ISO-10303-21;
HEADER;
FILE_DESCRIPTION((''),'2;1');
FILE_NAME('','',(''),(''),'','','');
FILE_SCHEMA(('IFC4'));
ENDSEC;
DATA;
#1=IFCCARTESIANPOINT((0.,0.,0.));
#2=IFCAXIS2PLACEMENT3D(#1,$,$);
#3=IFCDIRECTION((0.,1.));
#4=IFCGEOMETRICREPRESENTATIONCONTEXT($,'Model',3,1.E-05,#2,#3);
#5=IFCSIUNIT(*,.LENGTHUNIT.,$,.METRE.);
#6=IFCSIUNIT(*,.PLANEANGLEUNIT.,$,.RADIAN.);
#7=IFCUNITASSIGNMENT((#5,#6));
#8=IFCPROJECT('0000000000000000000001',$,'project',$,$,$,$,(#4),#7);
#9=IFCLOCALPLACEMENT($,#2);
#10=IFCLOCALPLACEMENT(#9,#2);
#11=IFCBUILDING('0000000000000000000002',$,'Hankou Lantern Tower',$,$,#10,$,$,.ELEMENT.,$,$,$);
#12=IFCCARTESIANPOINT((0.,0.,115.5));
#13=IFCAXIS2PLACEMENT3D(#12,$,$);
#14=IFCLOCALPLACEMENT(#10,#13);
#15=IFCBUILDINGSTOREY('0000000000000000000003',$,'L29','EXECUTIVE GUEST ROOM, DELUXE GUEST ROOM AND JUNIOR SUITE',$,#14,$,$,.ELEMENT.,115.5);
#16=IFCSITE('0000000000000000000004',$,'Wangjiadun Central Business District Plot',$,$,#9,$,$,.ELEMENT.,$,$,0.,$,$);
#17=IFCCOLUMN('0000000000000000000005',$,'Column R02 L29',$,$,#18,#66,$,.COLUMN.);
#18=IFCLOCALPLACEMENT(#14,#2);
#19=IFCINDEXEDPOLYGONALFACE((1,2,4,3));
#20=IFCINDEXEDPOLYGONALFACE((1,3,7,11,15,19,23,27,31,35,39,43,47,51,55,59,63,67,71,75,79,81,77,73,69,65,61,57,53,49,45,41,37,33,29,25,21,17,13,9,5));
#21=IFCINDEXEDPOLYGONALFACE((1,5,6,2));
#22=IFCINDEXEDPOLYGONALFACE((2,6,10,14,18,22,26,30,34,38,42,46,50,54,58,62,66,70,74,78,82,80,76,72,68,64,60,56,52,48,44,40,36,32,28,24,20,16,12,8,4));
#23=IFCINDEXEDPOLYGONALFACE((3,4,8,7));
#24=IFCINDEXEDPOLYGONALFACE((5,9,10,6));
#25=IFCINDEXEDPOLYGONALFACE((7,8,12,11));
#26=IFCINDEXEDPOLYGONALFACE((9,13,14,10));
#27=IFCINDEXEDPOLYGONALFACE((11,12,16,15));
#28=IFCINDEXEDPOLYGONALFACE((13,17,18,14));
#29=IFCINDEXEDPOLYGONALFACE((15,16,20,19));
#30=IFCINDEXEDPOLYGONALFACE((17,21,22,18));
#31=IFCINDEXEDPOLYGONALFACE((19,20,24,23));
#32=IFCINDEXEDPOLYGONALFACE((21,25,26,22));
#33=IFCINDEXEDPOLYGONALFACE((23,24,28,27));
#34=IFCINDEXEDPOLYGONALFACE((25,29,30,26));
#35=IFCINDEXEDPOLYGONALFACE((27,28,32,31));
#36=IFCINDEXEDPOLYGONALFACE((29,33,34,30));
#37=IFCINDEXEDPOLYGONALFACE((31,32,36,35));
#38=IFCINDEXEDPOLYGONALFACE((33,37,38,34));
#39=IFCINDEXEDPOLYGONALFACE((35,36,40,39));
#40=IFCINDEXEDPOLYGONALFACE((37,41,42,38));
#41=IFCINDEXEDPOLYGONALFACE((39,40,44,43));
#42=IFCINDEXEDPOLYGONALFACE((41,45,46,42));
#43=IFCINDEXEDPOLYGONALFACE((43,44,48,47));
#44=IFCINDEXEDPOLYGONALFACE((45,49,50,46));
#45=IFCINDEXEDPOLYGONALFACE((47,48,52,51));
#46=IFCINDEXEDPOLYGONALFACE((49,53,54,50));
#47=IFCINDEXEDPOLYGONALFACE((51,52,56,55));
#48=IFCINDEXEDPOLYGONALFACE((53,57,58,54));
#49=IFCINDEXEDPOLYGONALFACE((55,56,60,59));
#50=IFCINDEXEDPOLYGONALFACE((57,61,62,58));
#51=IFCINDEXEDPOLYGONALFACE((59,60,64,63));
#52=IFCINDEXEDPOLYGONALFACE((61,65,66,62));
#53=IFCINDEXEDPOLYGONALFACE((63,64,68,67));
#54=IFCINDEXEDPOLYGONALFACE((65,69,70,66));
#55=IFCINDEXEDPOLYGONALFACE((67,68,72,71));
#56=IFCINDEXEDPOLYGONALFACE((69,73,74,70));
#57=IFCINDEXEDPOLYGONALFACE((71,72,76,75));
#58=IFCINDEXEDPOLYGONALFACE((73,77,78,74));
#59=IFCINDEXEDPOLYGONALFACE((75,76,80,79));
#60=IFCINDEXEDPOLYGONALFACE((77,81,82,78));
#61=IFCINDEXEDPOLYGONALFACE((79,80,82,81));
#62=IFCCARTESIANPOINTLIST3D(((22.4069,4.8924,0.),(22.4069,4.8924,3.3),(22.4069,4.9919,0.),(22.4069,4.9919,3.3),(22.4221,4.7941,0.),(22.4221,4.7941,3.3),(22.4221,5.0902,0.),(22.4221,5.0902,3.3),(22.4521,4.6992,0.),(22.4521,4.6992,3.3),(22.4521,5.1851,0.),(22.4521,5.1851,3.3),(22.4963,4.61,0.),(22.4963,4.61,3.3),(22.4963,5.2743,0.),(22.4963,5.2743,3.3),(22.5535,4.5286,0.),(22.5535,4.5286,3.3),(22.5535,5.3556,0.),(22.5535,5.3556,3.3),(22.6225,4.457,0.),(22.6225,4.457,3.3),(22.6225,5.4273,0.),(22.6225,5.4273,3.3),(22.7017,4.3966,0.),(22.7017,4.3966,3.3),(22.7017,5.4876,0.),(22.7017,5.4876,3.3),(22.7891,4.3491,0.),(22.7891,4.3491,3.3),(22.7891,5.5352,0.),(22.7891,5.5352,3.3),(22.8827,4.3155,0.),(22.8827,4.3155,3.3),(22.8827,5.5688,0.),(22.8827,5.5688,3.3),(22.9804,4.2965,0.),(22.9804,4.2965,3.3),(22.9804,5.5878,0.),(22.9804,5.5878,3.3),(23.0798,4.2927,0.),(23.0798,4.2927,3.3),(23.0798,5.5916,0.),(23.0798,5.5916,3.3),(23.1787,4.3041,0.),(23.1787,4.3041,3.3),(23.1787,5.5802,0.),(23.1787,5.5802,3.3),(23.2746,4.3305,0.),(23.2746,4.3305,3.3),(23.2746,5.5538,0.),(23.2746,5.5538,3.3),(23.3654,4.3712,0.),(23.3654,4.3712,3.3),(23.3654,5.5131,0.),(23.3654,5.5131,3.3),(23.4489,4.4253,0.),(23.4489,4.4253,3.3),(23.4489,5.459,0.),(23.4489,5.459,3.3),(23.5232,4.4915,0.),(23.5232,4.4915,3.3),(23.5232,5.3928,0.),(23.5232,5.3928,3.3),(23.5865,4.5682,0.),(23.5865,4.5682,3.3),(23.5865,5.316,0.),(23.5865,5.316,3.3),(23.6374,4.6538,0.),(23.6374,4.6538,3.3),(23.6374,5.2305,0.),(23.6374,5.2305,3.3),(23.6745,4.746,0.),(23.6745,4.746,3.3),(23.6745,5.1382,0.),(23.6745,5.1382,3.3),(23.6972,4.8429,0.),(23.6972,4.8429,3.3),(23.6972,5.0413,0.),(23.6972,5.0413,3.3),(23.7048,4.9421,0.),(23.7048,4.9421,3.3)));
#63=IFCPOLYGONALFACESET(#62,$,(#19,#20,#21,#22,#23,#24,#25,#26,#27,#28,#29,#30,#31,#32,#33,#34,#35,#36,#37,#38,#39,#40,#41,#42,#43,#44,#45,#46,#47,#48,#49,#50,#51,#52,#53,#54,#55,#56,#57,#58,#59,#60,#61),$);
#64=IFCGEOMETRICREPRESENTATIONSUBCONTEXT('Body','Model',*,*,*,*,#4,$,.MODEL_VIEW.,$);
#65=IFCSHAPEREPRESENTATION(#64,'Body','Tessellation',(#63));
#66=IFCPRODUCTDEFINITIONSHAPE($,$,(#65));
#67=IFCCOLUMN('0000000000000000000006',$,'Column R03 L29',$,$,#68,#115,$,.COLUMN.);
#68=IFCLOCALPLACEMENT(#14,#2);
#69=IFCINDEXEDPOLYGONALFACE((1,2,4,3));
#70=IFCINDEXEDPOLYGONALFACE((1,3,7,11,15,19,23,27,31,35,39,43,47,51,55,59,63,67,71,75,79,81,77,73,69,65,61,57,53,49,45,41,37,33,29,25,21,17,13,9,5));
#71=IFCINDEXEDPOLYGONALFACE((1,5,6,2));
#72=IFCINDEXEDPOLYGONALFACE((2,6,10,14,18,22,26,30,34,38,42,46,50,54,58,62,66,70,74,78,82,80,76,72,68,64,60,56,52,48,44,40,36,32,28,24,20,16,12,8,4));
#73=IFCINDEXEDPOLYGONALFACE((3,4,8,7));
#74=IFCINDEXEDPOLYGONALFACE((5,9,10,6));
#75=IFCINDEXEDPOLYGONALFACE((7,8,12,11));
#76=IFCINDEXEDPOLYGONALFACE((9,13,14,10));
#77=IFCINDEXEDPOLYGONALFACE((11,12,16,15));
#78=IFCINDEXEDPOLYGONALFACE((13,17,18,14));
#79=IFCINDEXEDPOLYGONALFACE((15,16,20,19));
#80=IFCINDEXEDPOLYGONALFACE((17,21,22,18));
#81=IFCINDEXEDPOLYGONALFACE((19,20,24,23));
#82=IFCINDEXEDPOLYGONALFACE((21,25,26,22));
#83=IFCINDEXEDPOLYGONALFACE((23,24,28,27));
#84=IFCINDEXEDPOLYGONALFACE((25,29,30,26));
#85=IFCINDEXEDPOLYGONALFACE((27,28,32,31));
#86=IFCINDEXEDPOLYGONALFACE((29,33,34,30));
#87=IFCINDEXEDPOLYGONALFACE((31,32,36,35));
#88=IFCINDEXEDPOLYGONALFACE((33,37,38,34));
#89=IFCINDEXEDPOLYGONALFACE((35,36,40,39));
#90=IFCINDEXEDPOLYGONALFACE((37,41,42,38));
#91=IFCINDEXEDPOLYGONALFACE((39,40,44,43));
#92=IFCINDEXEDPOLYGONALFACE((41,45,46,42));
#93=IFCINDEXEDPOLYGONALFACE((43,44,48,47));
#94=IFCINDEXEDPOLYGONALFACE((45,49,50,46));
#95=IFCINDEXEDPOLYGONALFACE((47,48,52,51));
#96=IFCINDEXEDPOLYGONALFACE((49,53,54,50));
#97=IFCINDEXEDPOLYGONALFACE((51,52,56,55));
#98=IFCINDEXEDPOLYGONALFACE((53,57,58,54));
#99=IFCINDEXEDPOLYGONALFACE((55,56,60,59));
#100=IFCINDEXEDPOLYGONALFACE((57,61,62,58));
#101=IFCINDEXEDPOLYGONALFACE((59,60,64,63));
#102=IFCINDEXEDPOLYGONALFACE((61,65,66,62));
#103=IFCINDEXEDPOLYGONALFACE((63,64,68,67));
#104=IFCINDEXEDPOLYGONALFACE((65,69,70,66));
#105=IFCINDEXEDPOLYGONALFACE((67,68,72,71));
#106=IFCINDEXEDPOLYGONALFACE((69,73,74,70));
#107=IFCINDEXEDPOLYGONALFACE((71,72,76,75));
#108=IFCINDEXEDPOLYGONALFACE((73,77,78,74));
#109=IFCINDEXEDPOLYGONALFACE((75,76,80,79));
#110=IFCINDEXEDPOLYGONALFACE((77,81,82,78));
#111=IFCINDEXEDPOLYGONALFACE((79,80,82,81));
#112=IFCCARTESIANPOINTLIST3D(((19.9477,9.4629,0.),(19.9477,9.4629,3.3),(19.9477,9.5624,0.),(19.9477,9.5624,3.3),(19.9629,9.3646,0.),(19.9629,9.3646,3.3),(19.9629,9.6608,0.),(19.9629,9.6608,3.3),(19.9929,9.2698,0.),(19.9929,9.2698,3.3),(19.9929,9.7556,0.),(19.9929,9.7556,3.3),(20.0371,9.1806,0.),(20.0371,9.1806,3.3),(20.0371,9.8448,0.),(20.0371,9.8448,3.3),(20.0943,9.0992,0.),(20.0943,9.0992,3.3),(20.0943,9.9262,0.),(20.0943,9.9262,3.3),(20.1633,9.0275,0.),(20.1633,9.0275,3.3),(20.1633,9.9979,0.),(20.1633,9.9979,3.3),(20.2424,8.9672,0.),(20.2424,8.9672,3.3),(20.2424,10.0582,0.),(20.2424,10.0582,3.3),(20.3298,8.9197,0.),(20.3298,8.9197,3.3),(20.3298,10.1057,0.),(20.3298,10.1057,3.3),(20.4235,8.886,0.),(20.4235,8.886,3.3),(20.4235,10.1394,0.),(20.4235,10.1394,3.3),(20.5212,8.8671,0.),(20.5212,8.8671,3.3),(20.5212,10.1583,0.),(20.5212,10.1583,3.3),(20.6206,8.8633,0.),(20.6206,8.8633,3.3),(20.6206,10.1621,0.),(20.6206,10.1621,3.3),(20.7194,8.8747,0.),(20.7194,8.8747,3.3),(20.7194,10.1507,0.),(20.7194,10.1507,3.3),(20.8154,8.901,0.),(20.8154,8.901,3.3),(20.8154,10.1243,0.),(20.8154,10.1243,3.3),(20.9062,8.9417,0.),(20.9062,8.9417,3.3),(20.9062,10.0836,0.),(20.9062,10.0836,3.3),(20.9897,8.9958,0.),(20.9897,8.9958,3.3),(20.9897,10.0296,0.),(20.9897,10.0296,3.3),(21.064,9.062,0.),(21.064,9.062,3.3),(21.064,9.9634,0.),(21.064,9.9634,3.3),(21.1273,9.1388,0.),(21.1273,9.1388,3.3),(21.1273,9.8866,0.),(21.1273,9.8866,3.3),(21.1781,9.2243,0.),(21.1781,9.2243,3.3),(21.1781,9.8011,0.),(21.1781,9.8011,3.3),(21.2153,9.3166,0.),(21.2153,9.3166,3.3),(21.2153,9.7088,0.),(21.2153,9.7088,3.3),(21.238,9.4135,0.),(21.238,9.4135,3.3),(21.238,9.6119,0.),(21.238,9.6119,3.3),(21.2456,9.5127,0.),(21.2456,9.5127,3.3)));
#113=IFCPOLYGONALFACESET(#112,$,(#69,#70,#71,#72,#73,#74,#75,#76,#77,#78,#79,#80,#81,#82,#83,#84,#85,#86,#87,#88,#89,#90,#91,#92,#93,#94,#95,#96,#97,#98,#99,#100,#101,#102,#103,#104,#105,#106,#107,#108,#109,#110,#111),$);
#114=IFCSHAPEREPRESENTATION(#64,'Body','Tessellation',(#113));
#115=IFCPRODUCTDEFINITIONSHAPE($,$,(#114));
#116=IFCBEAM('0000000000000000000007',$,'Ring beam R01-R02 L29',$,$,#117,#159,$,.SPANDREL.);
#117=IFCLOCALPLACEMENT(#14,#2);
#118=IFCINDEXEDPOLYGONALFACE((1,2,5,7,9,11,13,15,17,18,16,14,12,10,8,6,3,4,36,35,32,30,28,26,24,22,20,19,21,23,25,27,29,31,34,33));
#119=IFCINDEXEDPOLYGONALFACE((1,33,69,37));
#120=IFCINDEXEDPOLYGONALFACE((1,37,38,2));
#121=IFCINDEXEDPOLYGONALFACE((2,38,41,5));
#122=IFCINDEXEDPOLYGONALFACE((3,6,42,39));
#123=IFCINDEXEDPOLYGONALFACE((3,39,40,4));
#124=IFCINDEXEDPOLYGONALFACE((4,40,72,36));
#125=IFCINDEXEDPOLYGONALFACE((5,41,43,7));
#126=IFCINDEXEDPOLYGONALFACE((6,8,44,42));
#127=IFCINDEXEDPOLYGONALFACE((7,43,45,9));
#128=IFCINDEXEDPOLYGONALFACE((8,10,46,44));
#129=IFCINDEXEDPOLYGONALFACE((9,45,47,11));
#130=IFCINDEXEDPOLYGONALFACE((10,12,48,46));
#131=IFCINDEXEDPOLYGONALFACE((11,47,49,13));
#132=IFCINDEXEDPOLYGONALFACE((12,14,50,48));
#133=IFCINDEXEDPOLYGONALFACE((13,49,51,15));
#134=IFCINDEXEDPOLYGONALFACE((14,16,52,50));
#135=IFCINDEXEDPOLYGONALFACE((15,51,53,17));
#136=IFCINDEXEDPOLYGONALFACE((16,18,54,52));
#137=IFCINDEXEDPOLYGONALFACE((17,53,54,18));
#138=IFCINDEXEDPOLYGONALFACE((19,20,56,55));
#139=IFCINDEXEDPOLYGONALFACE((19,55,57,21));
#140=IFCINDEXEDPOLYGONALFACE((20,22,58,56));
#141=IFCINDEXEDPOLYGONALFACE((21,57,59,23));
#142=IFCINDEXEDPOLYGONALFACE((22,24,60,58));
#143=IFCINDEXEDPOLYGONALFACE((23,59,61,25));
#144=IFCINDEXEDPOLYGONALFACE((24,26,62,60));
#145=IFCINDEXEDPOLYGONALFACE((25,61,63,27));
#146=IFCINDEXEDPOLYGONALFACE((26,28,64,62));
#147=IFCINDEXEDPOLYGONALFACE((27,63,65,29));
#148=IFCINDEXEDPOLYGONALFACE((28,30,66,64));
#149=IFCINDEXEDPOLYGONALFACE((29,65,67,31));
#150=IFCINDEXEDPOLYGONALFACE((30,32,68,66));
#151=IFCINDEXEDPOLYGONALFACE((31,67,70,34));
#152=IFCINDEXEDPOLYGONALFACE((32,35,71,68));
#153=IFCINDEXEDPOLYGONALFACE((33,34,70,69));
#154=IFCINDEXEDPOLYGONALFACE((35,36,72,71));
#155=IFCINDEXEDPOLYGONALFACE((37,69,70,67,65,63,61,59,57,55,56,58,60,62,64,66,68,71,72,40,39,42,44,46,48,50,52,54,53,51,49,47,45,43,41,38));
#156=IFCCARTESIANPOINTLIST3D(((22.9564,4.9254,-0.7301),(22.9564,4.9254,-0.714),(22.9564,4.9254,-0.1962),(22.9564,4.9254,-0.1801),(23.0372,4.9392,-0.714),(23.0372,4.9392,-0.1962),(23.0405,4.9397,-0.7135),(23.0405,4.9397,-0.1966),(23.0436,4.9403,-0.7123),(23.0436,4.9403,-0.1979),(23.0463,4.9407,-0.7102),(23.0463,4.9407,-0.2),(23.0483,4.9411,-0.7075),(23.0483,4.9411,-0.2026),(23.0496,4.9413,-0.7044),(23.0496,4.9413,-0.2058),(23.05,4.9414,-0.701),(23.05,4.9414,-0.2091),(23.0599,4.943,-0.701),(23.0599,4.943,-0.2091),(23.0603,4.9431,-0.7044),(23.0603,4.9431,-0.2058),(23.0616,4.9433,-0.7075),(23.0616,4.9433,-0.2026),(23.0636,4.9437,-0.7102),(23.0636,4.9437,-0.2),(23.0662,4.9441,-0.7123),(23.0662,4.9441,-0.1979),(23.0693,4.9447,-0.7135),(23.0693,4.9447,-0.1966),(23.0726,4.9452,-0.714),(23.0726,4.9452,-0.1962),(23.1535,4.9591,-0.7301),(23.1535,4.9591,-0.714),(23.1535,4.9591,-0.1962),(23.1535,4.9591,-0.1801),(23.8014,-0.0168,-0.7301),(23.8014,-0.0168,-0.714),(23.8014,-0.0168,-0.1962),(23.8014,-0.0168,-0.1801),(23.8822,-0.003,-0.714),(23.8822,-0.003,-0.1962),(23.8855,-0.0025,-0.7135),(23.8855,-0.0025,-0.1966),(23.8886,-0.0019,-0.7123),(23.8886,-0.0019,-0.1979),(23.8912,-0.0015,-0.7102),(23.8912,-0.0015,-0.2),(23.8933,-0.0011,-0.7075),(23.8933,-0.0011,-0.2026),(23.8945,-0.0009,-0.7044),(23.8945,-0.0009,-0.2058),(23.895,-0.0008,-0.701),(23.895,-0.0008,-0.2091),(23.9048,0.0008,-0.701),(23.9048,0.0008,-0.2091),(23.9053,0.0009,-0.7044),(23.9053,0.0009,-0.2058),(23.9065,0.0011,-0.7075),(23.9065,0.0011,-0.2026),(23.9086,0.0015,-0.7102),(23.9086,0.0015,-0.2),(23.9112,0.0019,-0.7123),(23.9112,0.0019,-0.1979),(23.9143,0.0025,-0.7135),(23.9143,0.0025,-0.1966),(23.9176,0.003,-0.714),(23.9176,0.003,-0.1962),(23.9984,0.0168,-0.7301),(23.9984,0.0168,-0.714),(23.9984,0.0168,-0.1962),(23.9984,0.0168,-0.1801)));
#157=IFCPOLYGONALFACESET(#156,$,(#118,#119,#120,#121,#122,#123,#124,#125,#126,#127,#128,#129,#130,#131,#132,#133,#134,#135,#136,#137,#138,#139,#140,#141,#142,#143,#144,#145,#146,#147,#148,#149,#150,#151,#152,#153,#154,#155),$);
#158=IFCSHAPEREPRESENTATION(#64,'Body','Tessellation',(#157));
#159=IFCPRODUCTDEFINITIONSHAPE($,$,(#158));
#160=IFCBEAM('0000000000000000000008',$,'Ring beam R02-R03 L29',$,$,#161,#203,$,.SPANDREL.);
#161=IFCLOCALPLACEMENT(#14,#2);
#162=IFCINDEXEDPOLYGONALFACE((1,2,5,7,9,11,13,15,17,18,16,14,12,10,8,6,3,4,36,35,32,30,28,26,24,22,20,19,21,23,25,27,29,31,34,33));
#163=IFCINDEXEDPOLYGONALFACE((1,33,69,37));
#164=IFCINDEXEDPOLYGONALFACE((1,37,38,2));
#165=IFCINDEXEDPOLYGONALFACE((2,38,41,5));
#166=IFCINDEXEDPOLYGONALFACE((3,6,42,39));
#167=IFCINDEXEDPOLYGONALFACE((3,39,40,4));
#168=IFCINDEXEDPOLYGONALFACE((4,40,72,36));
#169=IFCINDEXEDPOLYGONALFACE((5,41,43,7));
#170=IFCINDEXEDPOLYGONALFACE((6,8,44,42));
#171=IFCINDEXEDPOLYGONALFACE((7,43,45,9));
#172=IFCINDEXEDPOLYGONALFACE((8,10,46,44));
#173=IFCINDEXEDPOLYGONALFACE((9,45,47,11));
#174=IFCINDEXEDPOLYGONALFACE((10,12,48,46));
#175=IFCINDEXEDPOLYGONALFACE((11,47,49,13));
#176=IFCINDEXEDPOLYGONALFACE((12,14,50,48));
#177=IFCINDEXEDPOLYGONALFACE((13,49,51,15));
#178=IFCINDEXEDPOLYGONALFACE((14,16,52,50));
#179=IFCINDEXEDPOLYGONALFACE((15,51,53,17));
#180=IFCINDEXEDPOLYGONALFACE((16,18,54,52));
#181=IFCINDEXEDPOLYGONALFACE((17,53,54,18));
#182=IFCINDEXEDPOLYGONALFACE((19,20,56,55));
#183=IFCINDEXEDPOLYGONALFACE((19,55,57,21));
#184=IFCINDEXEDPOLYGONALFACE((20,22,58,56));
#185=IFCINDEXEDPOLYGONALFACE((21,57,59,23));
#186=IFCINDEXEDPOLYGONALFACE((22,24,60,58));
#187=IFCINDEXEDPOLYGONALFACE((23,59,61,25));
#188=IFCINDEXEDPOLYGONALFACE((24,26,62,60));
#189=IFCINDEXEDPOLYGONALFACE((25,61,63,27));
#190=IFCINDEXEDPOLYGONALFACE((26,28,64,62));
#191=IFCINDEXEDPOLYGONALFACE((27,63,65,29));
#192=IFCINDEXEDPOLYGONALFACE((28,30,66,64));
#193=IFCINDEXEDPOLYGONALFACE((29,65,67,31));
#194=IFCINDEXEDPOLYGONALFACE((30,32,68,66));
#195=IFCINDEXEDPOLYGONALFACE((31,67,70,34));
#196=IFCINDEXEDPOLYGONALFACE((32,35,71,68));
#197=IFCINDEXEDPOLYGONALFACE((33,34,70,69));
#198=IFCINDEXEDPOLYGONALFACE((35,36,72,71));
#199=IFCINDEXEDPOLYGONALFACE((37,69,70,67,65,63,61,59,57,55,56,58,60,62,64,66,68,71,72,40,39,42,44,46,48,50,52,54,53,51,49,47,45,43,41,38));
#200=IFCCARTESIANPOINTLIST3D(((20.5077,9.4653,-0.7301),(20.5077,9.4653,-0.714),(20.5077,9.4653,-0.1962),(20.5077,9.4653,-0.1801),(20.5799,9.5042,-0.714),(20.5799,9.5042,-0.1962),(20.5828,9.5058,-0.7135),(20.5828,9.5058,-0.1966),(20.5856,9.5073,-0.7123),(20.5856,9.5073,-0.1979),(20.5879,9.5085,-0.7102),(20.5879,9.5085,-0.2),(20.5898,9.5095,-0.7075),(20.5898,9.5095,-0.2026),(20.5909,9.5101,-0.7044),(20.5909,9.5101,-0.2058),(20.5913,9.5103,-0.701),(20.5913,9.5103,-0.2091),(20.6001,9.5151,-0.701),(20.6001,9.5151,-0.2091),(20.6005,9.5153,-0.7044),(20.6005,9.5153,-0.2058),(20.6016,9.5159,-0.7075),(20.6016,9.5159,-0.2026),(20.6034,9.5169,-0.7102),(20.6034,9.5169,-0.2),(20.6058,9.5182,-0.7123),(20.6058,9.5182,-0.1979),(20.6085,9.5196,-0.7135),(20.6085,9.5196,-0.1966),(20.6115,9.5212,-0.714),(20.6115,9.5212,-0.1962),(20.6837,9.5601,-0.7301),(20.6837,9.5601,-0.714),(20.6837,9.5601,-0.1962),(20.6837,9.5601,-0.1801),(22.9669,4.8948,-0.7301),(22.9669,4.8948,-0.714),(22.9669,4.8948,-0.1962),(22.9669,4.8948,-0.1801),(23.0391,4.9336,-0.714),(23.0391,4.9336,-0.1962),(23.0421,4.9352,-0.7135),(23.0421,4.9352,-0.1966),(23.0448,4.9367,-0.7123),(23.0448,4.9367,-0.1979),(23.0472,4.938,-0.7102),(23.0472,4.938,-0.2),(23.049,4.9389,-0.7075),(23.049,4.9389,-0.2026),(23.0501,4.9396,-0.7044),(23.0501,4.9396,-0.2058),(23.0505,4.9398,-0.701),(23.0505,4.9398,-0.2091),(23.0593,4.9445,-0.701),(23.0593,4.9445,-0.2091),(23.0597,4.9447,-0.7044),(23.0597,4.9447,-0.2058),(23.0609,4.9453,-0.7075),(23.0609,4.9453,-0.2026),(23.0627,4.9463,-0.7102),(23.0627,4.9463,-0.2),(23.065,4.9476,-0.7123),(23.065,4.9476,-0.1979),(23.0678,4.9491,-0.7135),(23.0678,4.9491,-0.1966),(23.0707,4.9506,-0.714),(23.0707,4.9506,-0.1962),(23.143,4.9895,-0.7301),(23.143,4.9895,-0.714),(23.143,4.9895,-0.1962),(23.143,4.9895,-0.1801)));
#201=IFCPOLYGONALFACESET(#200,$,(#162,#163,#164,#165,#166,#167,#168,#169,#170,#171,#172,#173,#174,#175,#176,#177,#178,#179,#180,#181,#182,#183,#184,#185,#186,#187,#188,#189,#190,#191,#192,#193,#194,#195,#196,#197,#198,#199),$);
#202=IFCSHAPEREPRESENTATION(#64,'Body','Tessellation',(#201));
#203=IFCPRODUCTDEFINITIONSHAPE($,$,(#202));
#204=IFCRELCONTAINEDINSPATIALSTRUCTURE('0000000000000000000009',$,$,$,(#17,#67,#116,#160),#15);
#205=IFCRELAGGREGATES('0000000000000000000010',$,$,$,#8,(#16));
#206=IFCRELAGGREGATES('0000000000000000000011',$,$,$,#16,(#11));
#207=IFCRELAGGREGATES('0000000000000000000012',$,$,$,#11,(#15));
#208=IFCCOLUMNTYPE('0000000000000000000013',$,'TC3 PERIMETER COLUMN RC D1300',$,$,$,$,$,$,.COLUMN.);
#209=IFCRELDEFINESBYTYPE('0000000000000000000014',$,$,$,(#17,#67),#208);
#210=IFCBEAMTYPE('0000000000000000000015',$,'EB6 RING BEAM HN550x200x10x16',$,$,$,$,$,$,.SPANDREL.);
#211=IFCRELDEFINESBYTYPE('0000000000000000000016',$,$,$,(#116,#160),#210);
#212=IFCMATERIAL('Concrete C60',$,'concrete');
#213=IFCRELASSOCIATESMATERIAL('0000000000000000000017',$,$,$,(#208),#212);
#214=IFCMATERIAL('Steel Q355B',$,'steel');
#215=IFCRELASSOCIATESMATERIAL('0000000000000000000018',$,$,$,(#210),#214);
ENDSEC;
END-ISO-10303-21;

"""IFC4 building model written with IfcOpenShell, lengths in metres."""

from ifc_helpers import new_model, si_unit, direction, frame, origin, origin_2d, place, context, subcontext, project, spatial, circle, i_section, extrude, material, material_profile, profile_set, type_object, element, save


model = new_model("IFC4")

# Units and contexts
model_context = context("Model", 3, precision=1e-05, world=origin(), true_north=direction((0.0, 1.0)))
body_context = subcontext(model_context, "Body", "Model", "MODEL_VIEW")
ifc_project = project(units=[si_unit("LENGTHUNIT", "METRE"), si_unit("PLANEANGLEUNIT", "RADIAN")], contexts=[model_context])

# Site, building, storey
site_placement = place(None, origin())
site = spatial("IfcSite", under=ifc_project, at=site_placement, Name="Wangjiadun Central Business District Plot", CompositionType="ELEMENT", RefElevation=0.0)
building_placement = place(site_placement, origin())
building = spatial("IfcBuilding", under=site, at=building_placement, Name="Hankou Lantern Tower", CompositionType="ELEMENT")
storey_placement = place(building_placement, frame((0.0, 0.0, 115.5)))
storey = spatial("IfcBuildingStorey", under=building, at=storey_placement, Name="L29", Description="EXECUTIVE GUEST ROOM, DELUXE GUEST ROOM AND JUNIOR SUITE", CompositionType="ELEMENT", Elevation=115.5)

# Columns
ifc_material_1 = material(Name="Concrete C60", Category="concrete")
ifc_material_profile_1 = material_profile(ifc_material_1, circle(Radius=0.6499, at=origin_2d()), Name="RC D1300")
ifc_profile_set_1 = profile_set([ifc_material_profile_1], Name="Concrete C60")
column_type = type_object("IfcColumnType", Name="TC3 PERIMETER COLUMN RC D1300", PredefinedType="COLUMN", material=ifc_profile_set_1)
for number, where, z_axis, x_axis, name in (
    (1, (23.0549, 4.9421, 0.0), (0.0, 0.0, 1.0), (1.0, 0.0, 0.0), "Column R02 L29"),
    (2, (20.5957, 9.5127, 0.0), (0.0, 0.0, 1.0), (1.0, 0.0, 0.0), "Column R03 L29"),
):
    element("IfcColumn", number, at=place(storey_placement, frame(where, z_axis=z_axis, x_axis=x_axis)), inside=storey, type_object=column_type, Name=name, PredefinedType="COLUMN", context=body_context, shape_type="SweptSolid", body=[
        extrude(circle(Radius=0.6499, at=origin_2d()), origin(), (0.0, 0.0, 1.0), 3.3),
    ])

# Beams
ifc_material_2 = material(Name="Steel Q355B", Category="steel")
ifc_material_profile_2 = material_profile(ifc_material_2, i_section(OverallWidth=0.2, OverallDepth=0.55, WebThickness=0.01, FlangeThickness=0.0161, FilletRadius=0.0129, at=origin_2d()), Name="HN550x200x10x16")
ifc_profile_set_2 = profile_set([ifc_material_profile_2], Name="Steel Q355B")
beam_type_1 = type_object("IfcBeamType", Name="EB6 RING BEAM HN550x200x10x16", PredefinedType="SPANDREL", material=ifc_profile_set_2)
beam_1_placement = place(storey_placement, frame((23.8999, 0.0, -0.4551), z_axis=(-0.168527, 0.985697, 0.0), x_axis=(-0.985697, -0.168527, 0.0)))
element("IfcBeam", 3, at=beam_1_placement, inside=storey, type_object=beam_type_1, Name="Ring beam R01-R02 L29", PredefinedType="SPANDREL", context=body_context, shape_type="SweptSolid", body=[
    extrude(i_section(OverallWidth=0.2, OverallDepth=0.55, WebThickness=0.01, FlangeThickness=0.0161, FilletRadius=0.0129, at=origin_2d()), origin(), (0.0, 0.0, 1.0), 5.0139),
])
beam_2_placement = place(storey_placement, frame((23.0549, 4.9421, -0.4551), z_axis=(-0.473825, 0.880619, 0.0), x_axis=(-0.880619, -0.473825, 0.0)))
element("IfcBeam", 4, at=beam_2_placement, inside=storey, type_object=beam_type_1, Name="Ring beam R02-R03 L29", PredefinedType="SPANDREL", context=body_context, shape_type="SweptSolid", body=[
    extrude(i_section(OverallWidth=0.2, OverallDepth=0.55, WebThickness=0.01, FlangeThickness=0.0161, FilletRadius=0.0129, at=origin_2d()), origin(), (0.0, 0.0, 1.0), 5.1902),
])

save(model, "model.ifc")
